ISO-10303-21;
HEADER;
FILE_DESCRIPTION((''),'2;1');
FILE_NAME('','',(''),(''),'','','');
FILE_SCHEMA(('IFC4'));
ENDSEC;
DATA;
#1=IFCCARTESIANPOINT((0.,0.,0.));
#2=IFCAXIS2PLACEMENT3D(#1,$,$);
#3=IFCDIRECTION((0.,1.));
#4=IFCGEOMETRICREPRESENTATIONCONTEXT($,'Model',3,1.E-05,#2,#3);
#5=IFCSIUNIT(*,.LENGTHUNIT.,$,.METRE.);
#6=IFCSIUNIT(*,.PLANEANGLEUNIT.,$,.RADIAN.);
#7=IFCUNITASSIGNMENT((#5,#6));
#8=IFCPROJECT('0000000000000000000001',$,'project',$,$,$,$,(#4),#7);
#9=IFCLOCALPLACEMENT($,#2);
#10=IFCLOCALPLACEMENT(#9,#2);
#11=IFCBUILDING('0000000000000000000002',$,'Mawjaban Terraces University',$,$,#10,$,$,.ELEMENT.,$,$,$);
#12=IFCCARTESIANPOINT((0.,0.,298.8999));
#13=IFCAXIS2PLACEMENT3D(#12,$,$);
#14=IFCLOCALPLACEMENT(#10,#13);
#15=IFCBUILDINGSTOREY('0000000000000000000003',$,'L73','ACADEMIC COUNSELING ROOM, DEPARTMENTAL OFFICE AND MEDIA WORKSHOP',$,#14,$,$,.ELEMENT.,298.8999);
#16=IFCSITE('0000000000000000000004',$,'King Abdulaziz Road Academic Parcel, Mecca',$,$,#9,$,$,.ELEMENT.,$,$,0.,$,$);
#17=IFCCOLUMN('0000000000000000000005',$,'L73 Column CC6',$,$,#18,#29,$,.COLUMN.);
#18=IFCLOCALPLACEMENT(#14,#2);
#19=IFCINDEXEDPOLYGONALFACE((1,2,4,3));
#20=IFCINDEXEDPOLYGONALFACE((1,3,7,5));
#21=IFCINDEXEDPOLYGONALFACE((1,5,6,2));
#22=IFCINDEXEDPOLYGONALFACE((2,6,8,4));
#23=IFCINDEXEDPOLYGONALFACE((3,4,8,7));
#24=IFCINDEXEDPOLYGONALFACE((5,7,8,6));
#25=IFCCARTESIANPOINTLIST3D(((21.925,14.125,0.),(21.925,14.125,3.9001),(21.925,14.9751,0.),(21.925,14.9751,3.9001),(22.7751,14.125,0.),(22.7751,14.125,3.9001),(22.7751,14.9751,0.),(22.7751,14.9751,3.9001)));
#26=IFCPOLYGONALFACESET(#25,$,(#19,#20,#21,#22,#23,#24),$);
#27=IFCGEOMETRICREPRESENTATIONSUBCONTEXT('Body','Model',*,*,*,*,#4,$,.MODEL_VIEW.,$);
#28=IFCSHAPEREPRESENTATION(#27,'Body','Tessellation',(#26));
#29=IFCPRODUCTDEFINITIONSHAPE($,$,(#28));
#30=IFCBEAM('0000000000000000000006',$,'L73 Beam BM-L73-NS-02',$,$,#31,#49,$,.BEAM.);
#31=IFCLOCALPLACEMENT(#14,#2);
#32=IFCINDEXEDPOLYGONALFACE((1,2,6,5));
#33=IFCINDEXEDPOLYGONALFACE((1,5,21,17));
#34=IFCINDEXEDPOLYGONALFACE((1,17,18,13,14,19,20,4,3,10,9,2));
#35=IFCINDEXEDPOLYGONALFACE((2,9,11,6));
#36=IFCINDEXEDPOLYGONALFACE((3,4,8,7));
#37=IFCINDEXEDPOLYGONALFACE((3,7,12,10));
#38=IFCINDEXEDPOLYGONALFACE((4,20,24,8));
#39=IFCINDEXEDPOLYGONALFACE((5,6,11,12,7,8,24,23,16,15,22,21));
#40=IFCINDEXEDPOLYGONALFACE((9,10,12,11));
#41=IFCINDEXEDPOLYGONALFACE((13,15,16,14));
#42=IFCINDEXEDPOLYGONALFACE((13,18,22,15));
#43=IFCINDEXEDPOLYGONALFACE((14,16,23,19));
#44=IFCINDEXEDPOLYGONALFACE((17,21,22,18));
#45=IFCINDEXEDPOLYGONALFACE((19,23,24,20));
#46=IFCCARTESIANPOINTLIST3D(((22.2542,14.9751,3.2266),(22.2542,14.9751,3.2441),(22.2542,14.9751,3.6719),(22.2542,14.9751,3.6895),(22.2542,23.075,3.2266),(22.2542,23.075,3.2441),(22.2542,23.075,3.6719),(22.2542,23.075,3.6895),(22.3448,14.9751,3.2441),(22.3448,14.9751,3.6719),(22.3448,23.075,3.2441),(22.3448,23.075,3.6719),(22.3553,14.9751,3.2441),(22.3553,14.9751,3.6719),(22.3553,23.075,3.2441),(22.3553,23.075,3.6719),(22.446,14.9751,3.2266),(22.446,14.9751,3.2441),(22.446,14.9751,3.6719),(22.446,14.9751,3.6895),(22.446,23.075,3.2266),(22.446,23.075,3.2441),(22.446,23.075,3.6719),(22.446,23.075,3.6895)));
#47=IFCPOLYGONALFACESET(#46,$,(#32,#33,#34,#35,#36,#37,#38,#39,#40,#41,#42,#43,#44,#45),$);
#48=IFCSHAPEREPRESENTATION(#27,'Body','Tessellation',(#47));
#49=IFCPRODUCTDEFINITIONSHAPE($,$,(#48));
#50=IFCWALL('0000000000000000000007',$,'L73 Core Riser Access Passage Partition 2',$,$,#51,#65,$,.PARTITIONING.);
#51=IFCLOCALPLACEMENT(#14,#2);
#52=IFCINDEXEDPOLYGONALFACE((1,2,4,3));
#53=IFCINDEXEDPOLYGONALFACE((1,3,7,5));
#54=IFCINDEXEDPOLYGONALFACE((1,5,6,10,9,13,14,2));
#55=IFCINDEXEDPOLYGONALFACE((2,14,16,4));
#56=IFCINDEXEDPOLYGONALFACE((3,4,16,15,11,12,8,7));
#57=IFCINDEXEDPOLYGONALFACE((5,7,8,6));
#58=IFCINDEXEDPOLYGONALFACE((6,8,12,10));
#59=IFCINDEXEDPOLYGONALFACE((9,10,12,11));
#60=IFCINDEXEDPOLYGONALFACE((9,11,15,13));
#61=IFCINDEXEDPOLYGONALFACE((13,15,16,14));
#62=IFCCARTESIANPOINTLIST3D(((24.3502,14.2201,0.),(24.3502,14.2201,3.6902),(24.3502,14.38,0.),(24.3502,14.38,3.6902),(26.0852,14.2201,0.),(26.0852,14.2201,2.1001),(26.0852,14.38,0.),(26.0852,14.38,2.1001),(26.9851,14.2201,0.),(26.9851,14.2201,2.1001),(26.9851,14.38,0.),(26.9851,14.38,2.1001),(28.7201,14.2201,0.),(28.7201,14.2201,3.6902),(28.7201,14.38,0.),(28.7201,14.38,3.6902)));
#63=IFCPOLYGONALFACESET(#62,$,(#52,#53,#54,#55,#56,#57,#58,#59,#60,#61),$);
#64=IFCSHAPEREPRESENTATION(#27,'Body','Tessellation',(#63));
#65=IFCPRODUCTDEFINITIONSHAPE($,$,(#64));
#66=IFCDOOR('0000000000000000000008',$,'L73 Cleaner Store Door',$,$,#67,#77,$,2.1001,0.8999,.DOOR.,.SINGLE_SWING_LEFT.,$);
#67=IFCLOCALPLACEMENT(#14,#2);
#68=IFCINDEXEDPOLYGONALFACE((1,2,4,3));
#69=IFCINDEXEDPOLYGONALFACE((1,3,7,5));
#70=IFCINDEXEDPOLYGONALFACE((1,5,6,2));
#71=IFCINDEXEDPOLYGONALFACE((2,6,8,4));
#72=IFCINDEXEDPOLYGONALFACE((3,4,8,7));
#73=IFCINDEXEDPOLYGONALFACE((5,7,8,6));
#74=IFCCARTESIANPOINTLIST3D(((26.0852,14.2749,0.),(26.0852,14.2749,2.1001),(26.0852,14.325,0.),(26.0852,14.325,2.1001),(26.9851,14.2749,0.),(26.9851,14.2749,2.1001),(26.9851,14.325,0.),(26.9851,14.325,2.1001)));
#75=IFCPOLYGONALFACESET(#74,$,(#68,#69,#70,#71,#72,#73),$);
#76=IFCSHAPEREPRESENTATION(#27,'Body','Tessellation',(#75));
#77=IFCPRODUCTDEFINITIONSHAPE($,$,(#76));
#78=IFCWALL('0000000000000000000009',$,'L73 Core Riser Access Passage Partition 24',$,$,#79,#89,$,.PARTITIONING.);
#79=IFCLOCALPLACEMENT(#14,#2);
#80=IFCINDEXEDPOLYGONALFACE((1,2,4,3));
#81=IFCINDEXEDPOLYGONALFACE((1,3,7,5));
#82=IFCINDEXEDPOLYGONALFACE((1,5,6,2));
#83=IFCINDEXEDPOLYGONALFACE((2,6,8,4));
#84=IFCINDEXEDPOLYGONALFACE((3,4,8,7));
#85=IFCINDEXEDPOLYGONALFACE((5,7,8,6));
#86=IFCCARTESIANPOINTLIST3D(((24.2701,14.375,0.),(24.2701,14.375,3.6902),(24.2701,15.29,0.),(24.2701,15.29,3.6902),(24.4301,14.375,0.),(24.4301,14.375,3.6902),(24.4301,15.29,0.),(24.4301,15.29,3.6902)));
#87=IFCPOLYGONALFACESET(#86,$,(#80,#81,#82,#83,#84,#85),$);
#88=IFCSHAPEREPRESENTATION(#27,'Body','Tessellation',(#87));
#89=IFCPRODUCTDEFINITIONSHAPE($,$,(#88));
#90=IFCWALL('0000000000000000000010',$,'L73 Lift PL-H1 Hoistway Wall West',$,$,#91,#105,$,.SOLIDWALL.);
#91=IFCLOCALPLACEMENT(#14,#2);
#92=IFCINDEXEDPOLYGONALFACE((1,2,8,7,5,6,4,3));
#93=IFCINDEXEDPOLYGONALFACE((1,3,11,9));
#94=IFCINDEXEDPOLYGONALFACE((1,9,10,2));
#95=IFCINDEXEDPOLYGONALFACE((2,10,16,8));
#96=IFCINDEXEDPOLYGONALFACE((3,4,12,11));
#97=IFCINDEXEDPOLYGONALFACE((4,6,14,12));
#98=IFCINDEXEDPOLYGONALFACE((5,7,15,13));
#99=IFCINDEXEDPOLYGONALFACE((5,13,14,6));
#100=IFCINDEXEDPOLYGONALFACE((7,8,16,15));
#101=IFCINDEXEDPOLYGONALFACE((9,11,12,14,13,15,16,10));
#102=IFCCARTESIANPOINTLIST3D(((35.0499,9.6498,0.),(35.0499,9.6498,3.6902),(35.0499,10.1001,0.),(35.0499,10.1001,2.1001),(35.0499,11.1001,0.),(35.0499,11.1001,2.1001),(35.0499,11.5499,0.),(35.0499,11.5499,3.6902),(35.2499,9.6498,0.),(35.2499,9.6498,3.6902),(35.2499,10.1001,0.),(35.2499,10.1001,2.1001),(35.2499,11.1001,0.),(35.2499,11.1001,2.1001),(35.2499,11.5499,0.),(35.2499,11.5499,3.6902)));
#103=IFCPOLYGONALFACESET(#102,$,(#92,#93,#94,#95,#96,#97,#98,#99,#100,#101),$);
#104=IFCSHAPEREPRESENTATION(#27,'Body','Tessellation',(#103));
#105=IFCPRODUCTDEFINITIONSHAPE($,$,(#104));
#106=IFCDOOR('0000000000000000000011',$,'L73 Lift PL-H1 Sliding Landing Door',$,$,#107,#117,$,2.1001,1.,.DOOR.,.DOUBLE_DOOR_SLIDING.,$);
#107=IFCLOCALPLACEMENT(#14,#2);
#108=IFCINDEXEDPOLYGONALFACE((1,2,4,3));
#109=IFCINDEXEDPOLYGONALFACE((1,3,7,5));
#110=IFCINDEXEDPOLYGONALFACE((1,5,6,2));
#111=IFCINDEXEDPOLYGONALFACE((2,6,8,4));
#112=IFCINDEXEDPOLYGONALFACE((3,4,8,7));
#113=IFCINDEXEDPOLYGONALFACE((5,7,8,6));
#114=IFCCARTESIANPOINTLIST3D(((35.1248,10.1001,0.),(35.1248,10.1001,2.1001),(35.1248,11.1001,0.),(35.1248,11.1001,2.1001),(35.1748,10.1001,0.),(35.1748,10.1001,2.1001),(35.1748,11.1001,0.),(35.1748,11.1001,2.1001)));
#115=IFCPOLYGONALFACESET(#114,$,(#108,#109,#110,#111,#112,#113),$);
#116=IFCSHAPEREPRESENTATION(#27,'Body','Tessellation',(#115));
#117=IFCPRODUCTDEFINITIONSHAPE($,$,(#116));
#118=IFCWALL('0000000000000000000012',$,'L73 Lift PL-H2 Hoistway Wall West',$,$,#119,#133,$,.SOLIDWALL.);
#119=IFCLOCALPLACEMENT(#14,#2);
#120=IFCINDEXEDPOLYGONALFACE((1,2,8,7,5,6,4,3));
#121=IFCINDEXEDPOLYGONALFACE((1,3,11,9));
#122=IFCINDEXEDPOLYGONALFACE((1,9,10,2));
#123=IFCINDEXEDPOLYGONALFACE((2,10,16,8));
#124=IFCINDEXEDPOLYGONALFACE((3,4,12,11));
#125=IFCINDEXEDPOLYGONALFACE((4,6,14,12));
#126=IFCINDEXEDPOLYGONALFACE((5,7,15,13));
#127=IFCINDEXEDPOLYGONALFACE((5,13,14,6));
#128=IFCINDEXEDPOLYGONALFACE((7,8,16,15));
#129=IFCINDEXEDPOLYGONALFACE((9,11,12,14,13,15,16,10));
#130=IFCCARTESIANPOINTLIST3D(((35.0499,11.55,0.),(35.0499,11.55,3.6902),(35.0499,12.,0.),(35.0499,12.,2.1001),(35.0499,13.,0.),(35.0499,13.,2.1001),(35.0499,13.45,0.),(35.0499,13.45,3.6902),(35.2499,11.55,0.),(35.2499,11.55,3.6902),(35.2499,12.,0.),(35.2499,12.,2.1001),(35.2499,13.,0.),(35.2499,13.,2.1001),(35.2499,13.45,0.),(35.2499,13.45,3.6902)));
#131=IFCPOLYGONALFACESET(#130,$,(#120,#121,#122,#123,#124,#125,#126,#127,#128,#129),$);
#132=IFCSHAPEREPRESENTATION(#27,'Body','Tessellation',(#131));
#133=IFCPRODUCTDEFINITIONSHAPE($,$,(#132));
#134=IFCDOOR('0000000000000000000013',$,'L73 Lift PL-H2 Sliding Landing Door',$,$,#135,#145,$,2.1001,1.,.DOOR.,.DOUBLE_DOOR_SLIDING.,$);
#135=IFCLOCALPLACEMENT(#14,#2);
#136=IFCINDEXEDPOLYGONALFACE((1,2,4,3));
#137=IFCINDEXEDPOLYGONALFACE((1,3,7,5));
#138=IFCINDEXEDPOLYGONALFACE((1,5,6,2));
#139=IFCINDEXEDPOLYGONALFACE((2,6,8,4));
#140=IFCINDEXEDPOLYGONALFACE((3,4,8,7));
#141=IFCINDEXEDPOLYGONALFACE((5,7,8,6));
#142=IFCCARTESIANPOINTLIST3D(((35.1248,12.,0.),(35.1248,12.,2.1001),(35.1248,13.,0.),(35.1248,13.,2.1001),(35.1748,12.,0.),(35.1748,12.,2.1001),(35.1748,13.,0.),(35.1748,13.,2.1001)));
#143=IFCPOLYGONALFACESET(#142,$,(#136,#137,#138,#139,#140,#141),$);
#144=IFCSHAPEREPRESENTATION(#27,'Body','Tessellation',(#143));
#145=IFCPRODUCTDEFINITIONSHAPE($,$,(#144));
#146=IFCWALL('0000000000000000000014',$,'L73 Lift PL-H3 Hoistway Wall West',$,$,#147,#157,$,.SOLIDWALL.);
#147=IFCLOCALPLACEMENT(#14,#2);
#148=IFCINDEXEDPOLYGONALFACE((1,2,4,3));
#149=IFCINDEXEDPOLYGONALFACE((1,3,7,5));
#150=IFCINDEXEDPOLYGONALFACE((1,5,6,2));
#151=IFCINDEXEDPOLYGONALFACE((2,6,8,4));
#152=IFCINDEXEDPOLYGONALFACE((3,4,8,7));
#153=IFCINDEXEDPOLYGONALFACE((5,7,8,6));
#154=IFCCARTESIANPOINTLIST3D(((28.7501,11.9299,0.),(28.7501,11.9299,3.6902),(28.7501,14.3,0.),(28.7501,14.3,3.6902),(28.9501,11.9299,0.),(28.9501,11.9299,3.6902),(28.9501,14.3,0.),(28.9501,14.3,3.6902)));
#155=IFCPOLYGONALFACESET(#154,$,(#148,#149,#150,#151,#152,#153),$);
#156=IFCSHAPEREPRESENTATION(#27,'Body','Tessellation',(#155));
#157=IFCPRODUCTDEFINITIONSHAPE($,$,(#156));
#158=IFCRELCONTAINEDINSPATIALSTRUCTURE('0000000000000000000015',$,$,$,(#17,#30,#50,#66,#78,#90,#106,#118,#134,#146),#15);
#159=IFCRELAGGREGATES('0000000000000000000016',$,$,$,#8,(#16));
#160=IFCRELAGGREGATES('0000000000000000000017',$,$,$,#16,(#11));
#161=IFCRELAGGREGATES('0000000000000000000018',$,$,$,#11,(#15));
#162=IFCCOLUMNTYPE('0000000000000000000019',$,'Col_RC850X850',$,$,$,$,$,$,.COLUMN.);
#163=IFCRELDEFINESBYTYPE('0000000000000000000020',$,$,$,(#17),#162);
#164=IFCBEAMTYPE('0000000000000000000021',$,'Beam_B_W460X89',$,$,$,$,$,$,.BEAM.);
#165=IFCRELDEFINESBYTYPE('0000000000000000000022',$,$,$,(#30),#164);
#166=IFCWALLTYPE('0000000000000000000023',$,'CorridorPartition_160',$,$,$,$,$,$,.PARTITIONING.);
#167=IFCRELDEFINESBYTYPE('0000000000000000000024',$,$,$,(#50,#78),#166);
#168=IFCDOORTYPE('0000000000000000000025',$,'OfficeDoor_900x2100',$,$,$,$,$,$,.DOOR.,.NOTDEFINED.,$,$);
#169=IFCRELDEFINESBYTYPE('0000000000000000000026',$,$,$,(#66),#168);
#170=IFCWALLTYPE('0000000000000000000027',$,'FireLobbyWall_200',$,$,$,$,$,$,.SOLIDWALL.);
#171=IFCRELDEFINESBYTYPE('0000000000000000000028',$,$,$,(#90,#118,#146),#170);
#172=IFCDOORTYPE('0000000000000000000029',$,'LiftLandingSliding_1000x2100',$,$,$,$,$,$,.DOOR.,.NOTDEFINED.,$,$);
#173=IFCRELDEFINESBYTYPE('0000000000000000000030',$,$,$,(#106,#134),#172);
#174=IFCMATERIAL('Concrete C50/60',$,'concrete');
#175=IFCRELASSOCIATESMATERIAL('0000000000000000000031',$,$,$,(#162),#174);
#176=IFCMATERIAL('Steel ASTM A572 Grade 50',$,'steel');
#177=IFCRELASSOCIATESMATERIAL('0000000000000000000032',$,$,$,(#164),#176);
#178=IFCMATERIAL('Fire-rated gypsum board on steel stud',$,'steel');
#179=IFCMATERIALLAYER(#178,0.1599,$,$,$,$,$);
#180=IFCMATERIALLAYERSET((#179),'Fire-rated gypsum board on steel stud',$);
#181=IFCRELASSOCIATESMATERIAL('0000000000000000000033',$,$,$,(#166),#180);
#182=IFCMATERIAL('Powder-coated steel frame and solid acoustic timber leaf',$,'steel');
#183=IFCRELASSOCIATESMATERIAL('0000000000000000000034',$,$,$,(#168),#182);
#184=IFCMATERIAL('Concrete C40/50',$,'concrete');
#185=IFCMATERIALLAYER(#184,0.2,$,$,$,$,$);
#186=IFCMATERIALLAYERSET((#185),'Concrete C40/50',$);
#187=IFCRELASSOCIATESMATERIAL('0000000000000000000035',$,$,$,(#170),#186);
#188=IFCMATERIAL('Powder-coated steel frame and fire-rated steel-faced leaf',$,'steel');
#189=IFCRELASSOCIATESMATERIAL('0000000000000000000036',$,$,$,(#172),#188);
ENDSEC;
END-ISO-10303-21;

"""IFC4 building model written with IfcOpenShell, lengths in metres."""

from ifc_helpers import new_model, si_unit, direction, frame, frame_2d, origin, origin_2d, place, context, subcontext, project, spatial, rectangle, i_section, extrude, material, layer, layer_set, material_profile, profile_set, type_object, element, fill, save


model = new_model("IFC4")

# Units and contexts
model_context = context("Model", 3, precision=1e-05, world=origin(), true_north=direction((0.0, 1.0)))
body_context = subcontext(model_context, "Body", "Model", "MODEL_VIEW")
ifc_project = project(units=[si_unit("LENGTHUNIT", "METRE"), si_unit("PLANEANGLEUNIT", "RADIAN")], contexts=[model_context])

# Site, building, storey
site_placement = place(None, origin())
site = spatial("IfcSite", under=ifc_project, at=site_placement, Name="King Abdulaziz Road Academic Parcel, Mecca", CompositionType="ELEMENT", RefElevation=0.0)
building_placement = place(site_placement, origin())
building = spatial("IfcBuilding", under=site, at=building_placement, Name="Mawjaban Terraces University", CompositionType="ELEMENT")
storey_placement = place(building_placement, frame((0.0, 0.0, 298.8999)))
storey = spatial("IfcBuildingStorey", under=building, at=storey_placement, Name="L73", Description="ACADEMIC COUNSELING ROOM, DEPARTMENTAL OFFICE AND MEDIA WORKSHOP", CompositionType="ELEMENT", Elevation=298.8999)

# Column
ifc_material_1 = material(Name="Concrete C50/60", Category="concrete")
ifc_material_profile_1 = material_profile(ifc_material_1, rectangle(XDim=0.8501, YDim=0.8501, at=origin_2d()), Name="RC850X850")
ifc_profile_set_1 = profile_set([ifc_material_profile_1], Name="Concrete C50/60")
column_type = type_object("IfcColumnType", Name="Col_RC850X850", PredefinedType="COLUMN", material=ifc_profile_set_1)
column_placement = place(storey_placement, frame((22.3501, 14.55, 0.0), z_axis=(0.0, 0.0, 1.0), x_axis=(1.0, 0.0, 0.0)))
element("IfcColumn", 1, at=column_placement, inside=storey, type_object=column_type, Name="L73 Column CC6", PredefinedType="COLUMN", context=body_context, shape_type="SweptSolid", body=[
    extrude(rectangle(XDim=0.8501, YDim=0.8501, at=origin_2d()), origin(), (0.0, 0.0, 1.0), 3.9001),
])

# Beam
ifc_material_2 = material(Name="Steel ASTM A572 Grade 50", Category="steel")
ifc_material_profile_2 = material_profile(ifc_material_2, i_section(OverallWidth=0.1919, OverallDepth=0.4629, WebThickness=0.0105, FlangeThickness=0.0176, at=origin_2d()), Name="W460X89")
ifc_profile_set_2 = profile_set([ifc_material_profile_2], Name="Steel ASTM A572 Grade 50")
beam_type = type_object("IfcBeamType", Name="Beam_B_W460X89", PredefinedType="BEAM", material=ifc_profile_set_2)
beam_placement = place(storey_placement, frame((22.3501, 14.9751, 3.458), z_axis=(0.0, 1.0, 0.0), x_axis=(-1.0, 0.0, 0.0)))
element("IfcBeam", 2, at=beam_placement, inside=storey, type_object=beam_type, Name="L73 Beam BM-L73-NS-02", PredefinedType="BEAM", context=body_context, shape_type="SweptSolid", body=[
    extrude(i_section(OverallWidth=0.1919, OverallDepth=0.4629, WebThickness=0.0105, FlangeThickness=0.0176, at=origin_2d()), origin(), (0.0, 0.0, 1.0), 8.0999),
])

# Wall, opening, door
ifc_material_3 = material(Name="Fire-rated gypsum board on steel stud", Category="steel")
ifc_layer_1 = layer(ifc_material_3, 0.1599)
ifc_layer_set_1 = layer_set([ifc_layer_1], Name="Fire-rated gypsum board on steel stud")
wall_type_1 = type_object("IfcWallType", Name="CorridorPartition_160", PredefinedType="PARTITIONING", material=ifc_layer_set_1)
wall_1_placement = place(storey_placement, frame((24.3501, 14.3, 0.0), z_axis=(0.0, 0.0, 1.0), x_axis=(1.0, 0.0, 0.0)))
wall_1 = element("IfcWall", 3, at=wall_1_placement, inside=storey, type_object=wall_type_1, Name="L73 Core Riser Access Passage Partition 2", PredefinedType="PARTITIONING", context=body_context, shape_type="SweptSolid", body=[
    extrude(rectangle(XDim=4.3699, YDim=0.1599, at=frame_2d((2.1851, 0.0))), origin(), (0.0, 0.0, 1.0), 3.6902),
])
opening_1_placement = place(wall_1_placement, frame((1.7351, 0.0, 0.0)))
opening_1 = element("IfcOpeningElement", 4, at=opening_1_placement, cuts=wall_1, PredefinedType="OPENING", context=body_context, shape_type="SweptSolid", body=[
    extrude(rectangle(XDim=0.8999, YDim=2.1001, at=frame_2d((0.45, 1.05))), frame((0.0, 0.0898, 0.0), z_axis=(0.0, -1.0, 0.0), x_axis=(1.0, 0.0, 0.0)), (0.0, 0.0, 1.0), 0.1799),
])
ifc_material_4 = material(Name="Powder-coated steel frame and solid acoustic timber leaf", Category="steel")
door_type_1 = type_object("IfcDoorType", Name="OfficeDoor_900x2100", OperationType="NOTDEFINED", PredefinedType="DOOR", material=ifc_material_4)
door_1_placement = place(opening_1_placement, origin())
door_1 = element("IfcDoor", 5, at=door_1_placement, inside=storey, type_object=door_type_1, Name="L73 Cleaner Store Door", OperationType="SINGLE_SWING_LEFT", OverallHeight=2.1001, OverallWidth=0.8999, PredefinedType="DOOR", context=body_context, shape_type="SweptSolid", body=[
    extrude(rectangle(XDim=0.8999, YDim=2.1001, at=frame_2d((0.45, 1.05))), frame((0.0, 0.0249, 0.0), z_axis=(0.0, -1.0, 0.0), x_axis=(1.0, 0.0, 0.0)), (0.0, 0.0, 1.0), 0.05),
])
fill(opening_1, door_1)

# Wall
wall_2_placement = place(storey_placement, frame((24.3501, 15.29, 0.0), z_axis=(0.0, 0.0, 1.0), x_axis=(0.0, -1.0, 0.0)))
element("IfcWall", 6, at=wall_2_placement, inside=storey, type_object=wall_type_1, Name="L73 Core Riser Access Passage Partition 24", PredefinedType="PARTITIONING", context=body_context, shape_type="SweptSolid", body=[
    extrude(rectangle(XDim=0.915, YDim=0.1599, at=frame_2d((0.4575, 0.0))), origin(), (0.0, 0.0, 1.0), 3.6902),
])

# Walls, openings, doors
ifc_material_5 = material(Name="Concrete C40/50", Category="concrete")
ifc_layer_2 = layer(ifc_material_5, 0.2)
ifc_layer_set_2 = layer_set([ifc_layer_2], Name="Concrete C40/50")
wall_type_2 = type_object("IfcWallType", Name="FireLobbyWall_200", PredefinedType="SOLIDWALL", material=ifc_layer_set_2)
wall_3_placement = place(storey_placement, frame((35.1499, 11.55, 0.0), z_axis=(0.0, 0.0, 1.0), x_axis=(0.0, -1.0, 0.0)))
wall_3 = element("IfcWall", 7, at=wall_3_placement, inside=storey, type_object=wall_type_2, Name="L73 Lift PL-H1 Hoistway Wall West", PredefinedType="SOLIDWALL", context=body_context, shape_type="SweptSolid", body=[
    extrude(rectangle(XDim=1.9001, YDim=0.2, at=frame_2d((0.9502, 0.0))), origin(), (0.0, 0.0, 1.0), 3.6902),
])
opening_2_placement = place(wall_3_placement, frame((0.45, 0.0, 0.0)))
opening_2 = element("IfcOpeningElement", 8, at=opening_2_placement, cuts=wall_3, PredefinedType="OPENING", context=body_context, shape_type="SweptSolid", body=[
    extrude(rectangle(XDim=1.0, YDim=2.1001, at=frame_2d((0.5, 1.05))), frame((0.0, 0.1099, 0.0), z_axis=(0.0, -1.0, 0.0), x_axis=(1.0, 0.0, 0.0)), (0.0, 0.0, 1.0), 0.22),
])
ifc_material_6 = material(Name="Powder-coated steel frame and fire-rated steel-faced leaf", Category="steel")
door_type_2 = type_object("IfcDoorType", Name="LiftLandingSliding_1000x2100", OperationType="NOTDEFINED", PredefinedType="DOOR", material=ifc_material_6)
door_2_placement = place(opening_2_placement, origin())
door_2 = element("IfcDoor", 9, at=door_2_placement, inside=storey, type_object=door_type_2, Name="L73 Lift PL-H1 Sliding Landing Door", OperationType="DOUBLE_DOOR_SLIDING", OverallHeight=2.1001, OverallWidth=1.0, PredefinedType="DOOR", context=body_context, shape_type="SweptSolid", body=[
    extrude(rectangle(XDim=1.0, YDim=2.1001, at=frame_2d((0.5, 1.05))), frame((0.0, 0.0249, 0.0), z_axis=(0.0, -1.0, 0.0), x_axis=(1.0, 0.0, 0.0)), (0.0, 0.0, 1.0), 0.05),
])
fill(opening_2, door_2)
wall_4_placement = place(storey_placement, frame((35.1499, 13.45, 0.0), z_axis=(0.0, 0.0, 1.0), x_axis=(0.0, -1.0, 0.0)))
wall_4 = element("IfcWall", 10, at=wall_4_placement, inside=storey, type_object=wall_type_2, Name="L73 Lift PL-H2 Hoistway Wall West", PredefinedType="SOLIDWALL", context=body_context, shape_type="SweptSolid", body=[
    extrude(rectangle(XDim=1.8999, YDim=0.2, at=frame_2d((0.95, 0.0))), origin(), (0.0, 0.0, 1.0), 3.6902),
])
opening_3_placement = place(wall_4_placement, frame((0.45, 0.0, 0.0)))
opening_3 = element("IfcOpeningElement", 11, at=opening_3_placement, cuts=wall_4, PredefinedType="OPENING", context=body_context, shape_type="SweptSolid", body=[
    extrude(rectangle(XDim=1.0, YDim=2.1001, at=frame_2d((0.5, 1.05))), frame((0.0, 0.1099, 0.0), z_axis=(0.0, -1.0, 0.0), x_axis=(1.0, 0.0, 0.0)), (0.0, 0.0, 1.0), 0.22),
])
door_3_placement = place(opening_3_placement, origin())
door_3 = element("IfcDoor", 12, at=door_3_placement, inside=storey, type_object=door_type_2, Name="L73 Lift PL-H2 Sliding Landing Door", OperationType="DOUBLE_DOOR_SLIDING", OverallHeight=2.1001, OverallWidth=1.0, PredefinedType="DOOR", context=body_context, shape_type="SweptSolid", body=[
    extrude(rectangle(XDim=1.0, YDim=2.1001, at=frame_2d((0.5, 1.05))), frame((0.0, 0.0249, 0.0), z_axis=(0.0, -1.0, 0.0), x_axis=(1.0, 0.0, 0.0)), (0.0, 0.0, 1.0), 0.05),
])
fill(opening_3, door_3)

# Wall
wall_5_placement = place(storey_placement, frame((28.8501, 14.3, 0.0), z_axis=(0.0, 0.0, 1.0), x_axis=(0.0, -1.0, 0.0)))
element("IfcWall", 13, at=wall_5_placement, inside=storey, type_object=wall_type_2, Name="L73 Lift PL-H3 Hoistway Wall West", PredefinedType="SOLIDWALL", context=body_context, shape_type="SweptSolid", body=[
    extrude(rectangle(XDim=2.3701, YDim=0.2, at=frame_2d((1.1851, 0.0))), origin(), (0.0, 0.0, 1.0), 3.6902),
])

save(model, "model.ifc")
